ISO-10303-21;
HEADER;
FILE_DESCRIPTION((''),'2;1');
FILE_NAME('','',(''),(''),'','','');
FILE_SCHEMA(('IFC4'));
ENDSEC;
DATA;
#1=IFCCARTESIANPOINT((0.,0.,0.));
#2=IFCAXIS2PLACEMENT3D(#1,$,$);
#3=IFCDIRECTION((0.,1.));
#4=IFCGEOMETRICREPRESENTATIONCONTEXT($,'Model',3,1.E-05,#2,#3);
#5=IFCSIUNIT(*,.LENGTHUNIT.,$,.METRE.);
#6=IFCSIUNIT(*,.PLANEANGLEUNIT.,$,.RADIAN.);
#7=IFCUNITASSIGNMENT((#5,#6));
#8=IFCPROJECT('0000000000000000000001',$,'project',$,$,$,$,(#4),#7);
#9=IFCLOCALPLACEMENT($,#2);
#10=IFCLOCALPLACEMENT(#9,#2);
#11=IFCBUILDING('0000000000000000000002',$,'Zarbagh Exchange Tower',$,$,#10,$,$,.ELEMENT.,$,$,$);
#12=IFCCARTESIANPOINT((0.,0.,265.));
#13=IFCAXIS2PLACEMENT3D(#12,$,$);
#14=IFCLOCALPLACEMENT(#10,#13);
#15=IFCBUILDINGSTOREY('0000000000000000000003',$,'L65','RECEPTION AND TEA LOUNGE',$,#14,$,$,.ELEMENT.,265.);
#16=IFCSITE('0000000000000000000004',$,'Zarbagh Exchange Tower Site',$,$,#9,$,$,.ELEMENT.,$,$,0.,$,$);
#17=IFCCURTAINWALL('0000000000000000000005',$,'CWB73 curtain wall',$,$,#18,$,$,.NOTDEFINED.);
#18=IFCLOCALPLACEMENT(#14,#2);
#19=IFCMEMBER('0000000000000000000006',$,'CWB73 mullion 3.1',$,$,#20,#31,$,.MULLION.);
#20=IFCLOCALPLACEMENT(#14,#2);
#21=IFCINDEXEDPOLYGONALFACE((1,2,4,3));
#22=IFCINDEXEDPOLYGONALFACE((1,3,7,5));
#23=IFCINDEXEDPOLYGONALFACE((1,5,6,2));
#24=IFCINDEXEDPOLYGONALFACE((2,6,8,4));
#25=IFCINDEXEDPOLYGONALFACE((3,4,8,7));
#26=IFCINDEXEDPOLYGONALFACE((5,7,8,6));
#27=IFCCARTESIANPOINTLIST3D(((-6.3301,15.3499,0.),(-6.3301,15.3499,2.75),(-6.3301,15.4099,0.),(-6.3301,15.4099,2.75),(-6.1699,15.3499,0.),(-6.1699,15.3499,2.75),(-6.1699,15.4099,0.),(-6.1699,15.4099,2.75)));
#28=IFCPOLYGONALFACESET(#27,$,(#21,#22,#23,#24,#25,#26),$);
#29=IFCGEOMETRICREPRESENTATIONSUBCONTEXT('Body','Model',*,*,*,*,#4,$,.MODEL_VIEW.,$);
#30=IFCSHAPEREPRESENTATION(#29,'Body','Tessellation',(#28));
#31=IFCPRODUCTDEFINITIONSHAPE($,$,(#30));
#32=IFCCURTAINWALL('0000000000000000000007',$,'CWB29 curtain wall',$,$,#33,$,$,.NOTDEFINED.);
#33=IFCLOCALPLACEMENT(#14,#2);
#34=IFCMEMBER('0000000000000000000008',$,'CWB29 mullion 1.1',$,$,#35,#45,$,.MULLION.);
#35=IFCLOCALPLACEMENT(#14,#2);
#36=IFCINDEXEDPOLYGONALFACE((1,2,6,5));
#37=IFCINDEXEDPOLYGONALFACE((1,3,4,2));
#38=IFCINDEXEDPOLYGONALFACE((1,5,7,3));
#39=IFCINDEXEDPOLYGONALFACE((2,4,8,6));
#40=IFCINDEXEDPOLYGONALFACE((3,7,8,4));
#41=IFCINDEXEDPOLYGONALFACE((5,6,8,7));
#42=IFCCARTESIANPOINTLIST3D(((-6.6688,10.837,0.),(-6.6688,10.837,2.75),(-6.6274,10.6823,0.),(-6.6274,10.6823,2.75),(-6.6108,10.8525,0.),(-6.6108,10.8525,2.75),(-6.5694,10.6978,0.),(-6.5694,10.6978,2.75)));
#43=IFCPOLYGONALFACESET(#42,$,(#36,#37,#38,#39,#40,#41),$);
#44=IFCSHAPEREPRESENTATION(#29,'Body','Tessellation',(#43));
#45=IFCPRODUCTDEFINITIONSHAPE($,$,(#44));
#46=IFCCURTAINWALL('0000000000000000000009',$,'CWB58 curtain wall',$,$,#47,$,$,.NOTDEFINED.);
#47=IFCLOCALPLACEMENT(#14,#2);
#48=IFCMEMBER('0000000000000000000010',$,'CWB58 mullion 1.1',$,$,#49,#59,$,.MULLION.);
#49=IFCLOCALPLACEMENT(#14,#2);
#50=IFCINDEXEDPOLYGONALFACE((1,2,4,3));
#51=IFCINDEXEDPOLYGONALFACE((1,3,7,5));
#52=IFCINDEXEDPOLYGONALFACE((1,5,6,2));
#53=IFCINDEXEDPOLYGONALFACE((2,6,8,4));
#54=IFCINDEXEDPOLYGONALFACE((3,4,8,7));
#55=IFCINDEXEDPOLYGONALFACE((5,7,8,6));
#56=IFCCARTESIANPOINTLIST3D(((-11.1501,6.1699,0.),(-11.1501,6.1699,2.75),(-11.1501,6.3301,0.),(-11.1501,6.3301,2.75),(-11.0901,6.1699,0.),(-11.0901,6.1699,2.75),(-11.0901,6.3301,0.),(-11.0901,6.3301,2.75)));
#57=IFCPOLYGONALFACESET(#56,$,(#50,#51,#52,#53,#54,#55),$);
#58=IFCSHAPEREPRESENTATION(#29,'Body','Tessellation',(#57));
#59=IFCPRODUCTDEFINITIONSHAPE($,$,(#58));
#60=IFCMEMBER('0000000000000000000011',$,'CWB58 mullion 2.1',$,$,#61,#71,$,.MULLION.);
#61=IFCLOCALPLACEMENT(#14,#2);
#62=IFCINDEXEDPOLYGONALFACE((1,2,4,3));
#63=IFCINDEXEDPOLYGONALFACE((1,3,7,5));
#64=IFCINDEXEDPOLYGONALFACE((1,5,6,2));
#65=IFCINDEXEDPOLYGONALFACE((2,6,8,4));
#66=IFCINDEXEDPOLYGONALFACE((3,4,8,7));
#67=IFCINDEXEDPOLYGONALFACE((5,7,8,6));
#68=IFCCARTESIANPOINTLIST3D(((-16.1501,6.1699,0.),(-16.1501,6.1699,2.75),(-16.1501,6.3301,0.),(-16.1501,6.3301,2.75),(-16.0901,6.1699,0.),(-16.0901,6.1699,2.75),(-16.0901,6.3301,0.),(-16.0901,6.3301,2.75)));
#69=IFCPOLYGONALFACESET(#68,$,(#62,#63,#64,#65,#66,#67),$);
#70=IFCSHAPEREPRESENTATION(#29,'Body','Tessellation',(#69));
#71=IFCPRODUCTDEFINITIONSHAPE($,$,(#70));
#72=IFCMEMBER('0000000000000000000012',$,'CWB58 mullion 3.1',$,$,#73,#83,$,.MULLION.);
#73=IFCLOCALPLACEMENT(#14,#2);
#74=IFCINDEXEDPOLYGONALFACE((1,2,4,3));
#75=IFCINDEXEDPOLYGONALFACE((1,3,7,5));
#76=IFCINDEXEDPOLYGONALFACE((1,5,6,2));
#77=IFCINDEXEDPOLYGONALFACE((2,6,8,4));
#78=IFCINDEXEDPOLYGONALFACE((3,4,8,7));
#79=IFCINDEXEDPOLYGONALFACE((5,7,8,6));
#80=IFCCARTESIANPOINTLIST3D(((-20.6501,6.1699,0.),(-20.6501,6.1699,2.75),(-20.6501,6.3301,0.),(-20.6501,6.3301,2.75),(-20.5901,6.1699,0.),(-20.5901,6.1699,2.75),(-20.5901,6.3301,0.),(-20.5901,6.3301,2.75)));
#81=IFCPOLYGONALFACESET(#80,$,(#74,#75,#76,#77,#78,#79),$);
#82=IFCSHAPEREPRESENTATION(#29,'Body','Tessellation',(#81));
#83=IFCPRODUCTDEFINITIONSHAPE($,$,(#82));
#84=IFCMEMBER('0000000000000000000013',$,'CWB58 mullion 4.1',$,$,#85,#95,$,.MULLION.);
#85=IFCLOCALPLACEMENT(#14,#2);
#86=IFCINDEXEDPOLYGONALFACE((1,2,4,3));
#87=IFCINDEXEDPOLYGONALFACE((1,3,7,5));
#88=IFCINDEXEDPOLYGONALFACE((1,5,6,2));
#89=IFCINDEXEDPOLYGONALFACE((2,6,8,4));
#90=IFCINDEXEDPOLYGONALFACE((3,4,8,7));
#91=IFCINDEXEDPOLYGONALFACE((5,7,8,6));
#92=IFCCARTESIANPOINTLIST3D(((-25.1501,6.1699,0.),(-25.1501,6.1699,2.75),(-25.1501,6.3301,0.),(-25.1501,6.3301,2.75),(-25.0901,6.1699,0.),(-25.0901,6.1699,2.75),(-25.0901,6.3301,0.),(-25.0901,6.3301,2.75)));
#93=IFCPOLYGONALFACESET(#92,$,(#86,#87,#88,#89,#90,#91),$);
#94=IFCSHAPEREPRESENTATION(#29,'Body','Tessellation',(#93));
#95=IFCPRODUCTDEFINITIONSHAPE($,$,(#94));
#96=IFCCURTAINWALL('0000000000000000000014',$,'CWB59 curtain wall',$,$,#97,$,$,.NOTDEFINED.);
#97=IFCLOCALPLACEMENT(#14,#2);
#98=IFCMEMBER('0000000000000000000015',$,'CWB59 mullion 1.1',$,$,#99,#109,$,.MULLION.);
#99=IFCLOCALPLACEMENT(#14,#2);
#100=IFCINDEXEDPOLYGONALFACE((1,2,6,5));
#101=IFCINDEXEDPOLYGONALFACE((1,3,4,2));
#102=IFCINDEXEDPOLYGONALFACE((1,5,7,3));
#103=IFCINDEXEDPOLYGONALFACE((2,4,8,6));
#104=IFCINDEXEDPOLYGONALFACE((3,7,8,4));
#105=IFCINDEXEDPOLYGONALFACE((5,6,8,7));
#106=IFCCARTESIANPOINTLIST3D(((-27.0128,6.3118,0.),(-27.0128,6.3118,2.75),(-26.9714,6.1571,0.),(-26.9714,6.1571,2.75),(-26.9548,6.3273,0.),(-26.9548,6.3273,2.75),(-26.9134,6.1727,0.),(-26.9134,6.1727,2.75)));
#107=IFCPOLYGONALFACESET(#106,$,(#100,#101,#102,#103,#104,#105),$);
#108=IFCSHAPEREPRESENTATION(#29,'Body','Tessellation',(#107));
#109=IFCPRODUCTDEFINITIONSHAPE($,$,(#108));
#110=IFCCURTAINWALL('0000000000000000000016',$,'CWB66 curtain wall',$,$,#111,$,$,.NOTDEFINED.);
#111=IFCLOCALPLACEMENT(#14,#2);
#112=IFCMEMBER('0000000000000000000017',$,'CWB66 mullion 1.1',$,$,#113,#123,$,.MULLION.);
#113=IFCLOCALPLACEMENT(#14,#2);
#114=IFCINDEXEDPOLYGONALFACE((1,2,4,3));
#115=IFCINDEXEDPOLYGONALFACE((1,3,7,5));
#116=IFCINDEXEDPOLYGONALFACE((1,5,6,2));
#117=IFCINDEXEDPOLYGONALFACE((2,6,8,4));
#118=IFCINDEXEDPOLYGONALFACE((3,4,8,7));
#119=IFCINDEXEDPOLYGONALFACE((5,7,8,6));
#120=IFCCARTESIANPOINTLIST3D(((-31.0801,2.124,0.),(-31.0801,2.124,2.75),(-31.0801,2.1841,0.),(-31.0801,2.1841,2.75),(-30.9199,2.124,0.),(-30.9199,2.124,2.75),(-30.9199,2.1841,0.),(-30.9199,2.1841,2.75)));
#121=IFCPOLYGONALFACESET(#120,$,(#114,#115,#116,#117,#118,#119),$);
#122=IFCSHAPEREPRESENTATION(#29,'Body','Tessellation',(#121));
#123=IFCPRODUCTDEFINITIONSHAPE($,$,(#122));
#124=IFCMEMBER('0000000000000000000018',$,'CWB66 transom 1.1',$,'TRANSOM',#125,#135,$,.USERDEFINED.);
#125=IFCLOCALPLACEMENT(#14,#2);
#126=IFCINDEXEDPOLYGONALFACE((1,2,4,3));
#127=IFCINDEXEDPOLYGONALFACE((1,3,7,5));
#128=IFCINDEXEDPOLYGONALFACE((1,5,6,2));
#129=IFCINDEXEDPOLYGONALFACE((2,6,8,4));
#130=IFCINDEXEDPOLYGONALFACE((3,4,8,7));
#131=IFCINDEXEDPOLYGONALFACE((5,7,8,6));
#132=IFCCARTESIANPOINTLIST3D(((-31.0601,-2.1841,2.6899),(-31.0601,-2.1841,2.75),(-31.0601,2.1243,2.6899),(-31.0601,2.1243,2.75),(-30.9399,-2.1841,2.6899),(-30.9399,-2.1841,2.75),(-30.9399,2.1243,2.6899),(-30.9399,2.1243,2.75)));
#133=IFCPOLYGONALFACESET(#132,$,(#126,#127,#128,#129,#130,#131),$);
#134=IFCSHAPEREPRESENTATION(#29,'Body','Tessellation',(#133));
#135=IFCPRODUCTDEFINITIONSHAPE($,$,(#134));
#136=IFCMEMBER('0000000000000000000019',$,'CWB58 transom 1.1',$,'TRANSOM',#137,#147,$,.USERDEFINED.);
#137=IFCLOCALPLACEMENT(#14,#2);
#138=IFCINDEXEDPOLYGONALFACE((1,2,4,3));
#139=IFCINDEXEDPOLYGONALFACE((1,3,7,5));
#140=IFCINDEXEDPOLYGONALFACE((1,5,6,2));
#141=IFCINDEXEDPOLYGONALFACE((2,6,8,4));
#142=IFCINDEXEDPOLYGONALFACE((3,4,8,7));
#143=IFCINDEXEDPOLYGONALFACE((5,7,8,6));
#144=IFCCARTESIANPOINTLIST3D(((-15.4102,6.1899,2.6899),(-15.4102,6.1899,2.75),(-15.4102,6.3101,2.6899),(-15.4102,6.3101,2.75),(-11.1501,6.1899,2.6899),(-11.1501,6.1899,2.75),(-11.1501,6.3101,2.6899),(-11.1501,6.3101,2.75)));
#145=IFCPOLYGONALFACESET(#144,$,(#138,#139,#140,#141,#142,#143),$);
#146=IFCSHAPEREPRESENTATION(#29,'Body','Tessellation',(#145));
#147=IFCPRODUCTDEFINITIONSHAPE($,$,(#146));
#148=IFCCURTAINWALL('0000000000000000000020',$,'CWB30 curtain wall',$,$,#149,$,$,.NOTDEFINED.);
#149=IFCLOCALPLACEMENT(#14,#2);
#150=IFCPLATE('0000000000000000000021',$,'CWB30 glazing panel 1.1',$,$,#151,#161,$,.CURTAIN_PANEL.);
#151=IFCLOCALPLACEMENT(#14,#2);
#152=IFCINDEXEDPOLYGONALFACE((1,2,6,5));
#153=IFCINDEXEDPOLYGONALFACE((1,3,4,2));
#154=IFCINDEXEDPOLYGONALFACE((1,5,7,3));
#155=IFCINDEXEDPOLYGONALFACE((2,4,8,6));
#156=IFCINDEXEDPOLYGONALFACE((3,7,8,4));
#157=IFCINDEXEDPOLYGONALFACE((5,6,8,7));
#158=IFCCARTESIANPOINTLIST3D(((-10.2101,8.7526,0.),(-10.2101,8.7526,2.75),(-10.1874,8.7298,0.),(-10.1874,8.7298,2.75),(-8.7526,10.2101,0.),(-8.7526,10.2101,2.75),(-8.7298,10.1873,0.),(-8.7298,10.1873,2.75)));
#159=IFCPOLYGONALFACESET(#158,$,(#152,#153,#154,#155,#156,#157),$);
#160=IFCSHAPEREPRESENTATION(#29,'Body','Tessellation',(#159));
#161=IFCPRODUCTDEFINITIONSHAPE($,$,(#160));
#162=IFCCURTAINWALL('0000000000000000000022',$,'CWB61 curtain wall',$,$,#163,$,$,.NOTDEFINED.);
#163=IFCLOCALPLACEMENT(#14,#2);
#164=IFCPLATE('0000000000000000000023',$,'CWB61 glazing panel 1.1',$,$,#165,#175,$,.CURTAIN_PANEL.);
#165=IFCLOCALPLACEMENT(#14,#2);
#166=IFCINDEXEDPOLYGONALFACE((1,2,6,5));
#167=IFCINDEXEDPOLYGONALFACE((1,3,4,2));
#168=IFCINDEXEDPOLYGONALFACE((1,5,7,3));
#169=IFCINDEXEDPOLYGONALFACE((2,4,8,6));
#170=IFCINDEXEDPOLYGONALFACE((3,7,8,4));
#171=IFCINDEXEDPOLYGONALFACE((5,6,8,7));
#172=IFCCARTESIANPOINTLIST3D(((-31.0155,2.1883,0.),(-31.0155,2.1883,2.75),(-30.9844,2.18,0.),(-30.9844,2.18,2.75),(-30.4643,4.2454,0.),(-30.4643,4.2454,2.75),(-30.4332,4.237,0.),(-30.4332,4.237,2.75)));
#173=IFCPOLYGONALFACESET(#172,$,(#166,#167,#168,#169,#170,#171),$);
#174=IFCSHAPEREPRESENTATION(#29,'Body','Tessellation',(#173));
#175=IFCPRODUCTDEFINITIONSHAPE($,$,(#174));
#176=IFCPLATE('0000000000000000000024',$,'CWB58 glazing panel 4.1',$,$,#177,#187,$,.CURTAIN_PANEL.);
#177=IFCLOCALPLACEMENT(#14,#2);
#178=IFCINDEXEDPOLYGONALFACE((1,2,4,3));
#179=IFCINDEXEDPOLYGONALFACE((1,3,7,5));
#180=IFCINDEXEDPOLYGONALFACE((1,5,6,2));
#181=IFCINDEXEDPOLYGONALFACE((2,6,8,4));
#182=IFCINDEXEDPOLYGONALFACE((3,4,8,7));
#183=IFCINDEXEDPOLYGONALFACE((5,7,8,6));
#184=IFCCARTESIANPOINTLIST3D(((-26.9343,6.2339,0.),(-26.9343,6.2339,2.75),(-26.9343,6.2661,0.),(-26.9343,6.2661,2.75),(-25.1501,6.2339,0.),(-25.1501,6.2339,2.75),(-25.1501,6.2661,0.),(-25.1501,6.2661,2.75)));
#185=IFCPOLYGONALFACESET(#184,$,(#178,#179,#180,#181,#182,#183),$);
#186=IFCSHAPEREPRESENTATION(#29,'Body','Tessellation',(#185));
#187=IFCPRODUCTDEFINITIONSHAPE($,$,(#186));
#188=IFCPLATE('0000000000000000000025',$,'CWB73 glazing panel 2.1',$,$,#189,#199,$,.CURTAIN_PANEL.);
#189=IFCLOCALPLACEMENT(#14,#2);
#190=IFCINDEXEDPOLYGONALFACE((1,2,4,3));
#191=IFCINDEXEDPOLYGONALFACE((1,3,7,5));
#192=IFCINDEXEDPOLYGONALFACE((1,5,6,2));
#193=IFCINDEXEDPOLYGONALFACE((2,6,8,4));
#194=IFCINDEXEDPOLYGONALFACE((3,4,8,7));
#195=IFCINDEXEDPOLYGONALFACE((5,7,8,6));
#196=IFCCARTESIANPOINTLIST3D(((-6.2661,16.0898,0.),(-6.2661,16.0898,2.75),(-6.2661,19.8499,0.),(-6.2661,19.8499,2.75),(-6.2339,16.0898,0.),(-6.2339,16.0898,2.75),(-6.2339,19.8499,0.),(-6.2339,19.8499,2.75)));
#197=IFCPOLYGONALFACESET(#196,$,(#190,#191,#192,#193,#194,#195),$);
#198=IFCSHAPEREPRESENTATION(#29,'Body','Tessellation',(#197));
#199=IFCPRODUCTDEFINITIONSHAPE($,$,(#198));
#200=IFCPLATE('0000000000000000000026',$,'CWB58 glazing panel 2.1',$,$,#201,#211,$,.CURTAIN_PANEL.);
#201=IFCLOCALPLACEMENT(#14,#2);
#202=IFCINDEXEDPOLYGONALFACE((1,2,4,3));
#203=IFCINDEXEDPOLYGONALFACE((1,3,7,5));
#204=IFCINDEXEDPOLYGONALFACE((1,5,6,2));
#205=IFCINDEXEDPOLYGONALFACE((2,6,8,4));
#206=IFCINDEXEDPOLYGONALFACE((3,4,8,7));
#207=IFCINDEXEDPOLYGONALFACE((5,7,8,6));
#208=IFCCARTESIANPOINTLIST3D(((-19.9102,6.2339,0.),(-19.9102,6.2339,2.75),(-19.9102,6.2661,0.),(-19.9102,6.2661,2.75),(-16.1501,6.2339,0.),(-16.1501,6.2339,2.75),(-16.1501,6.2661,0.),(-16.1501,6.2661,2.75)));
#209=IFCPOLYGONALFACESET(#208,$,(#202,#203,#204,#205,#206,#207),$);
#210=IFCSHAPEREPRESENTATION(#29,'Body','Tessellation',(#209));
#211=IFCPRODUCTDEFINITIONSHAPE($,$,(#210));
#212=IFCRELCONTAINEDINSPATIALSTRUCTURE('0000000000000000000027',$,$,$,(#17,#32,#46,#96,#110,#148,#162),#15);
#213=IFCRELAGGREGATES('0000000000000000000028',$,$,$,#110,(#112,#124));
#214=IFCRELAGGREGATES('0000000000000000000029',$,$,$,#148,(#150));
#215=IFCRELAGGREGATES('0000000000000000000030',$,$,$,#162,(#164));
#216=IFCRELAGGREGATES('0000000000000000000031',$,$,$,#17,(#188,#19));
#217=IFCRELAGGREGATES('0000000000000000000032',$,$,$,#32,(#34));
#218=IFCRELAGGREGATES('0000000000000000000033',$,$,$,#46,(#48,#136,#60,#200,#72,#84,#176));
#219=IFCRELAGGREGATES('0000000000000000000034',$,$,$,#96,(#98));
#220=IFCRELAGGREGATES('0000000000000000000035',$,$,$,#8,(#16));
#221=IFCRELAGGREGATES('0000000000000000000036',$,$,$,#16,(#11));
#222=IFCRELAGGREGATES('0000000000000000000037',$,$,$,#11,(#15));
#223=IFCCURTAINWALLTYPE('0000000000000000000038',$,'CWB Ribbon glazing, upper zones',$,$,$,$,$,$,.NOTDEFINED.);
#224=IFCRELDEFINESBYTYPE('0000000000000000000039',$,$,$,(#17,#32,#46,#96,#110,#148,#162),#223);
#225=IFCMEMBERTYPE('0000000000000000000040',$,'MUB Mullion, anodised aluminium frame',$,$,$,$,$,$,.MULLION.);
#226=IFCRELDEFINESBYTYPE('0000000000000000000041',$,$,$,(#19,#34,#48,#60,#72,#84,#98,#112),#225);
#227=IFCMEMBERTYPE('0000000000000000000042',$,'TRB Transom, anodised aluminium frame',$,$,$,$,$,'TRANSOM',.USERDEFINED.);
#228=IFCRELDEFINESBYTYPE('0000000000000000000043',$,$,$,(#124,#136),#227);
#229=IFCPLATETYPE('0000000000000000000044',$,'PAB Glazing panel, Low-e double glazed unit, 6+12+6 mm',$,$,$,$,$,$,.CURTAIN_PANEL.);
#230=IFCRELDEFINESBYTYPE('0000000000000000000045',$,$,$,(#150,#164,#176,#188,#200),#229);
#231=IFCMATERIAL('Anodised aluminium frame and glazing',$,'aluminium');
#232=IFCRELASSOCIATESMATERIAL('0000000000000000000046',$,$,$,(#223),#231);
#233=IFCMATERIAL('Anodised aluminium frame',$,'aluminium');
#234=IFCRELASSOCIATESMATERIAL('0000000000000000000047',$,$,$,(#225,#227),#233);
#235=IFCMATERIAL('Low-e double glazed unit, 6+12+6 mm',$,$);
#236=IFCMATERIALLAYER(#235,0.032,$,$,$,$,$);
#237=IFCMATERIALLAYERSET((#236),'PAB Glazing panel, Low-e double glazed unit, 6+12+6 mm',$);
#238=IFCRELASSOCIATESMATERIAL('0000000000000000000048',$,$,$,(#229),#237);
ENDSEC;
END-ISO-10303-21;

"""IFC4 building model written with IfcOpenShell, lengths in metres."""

from ifc_helpers import new_model, si_unit, direction, frame, origin, place, context, subcontext, project, spatial, polyline, outline, extrude, source, transform, mapped, material, layer, layer_set, type_object, element, aggregate, save


model = new_model("IFC4")

# Units and contexts
model_context = context("Model", 3, precision=1e-05, world=origin(), true_north=direction((0.0, 1.0)))
body_context = subcontext(model_context, "Body", "Model", "MODEL_VIEW")
ifc_project = project(units=[si_unit("LENGTHUNIT", "METRE"), si_unit("PLANEANGLEUNIT", "RADIAN")], contexts=[model_context])

# Site, building, storey
site_placement = place(None, origin())
site = spatial("IfcSite", under=ifc_project, at=site_placement, Name="Zarbagh Exchange Tower Site", CompositionType="ELEMENT", RefElevation=0.0)
building_placement = place(site_placement, origin())
building = spatial("IfcBuilding", under=site, at=building_placement, Name="Zarbagh Exchange Tower", CompositionType="ELEMENT")
storey_placement = place(building_placement, frame((0.0, 0.0, 265.0)))
storey = spatial("IfcBuildingStorey", under=building, at=storey_placement, Name="L65", Description="RECEPTION AND TEA LOUNGE", CompositionType="ELEMENT", Elevation=265.0)

# Curtain walls, members
ifc_material_1 = material(Name="Anodised aluminium frame and glazing", Category="aluminium")
curtain_wall_type = type_object("IfcCurtainWallType", Name="CWB Ribbon glazing, upper zones", PredefinedType="NOTDEFINED", material=ifc_material_1)
curtain_wall_1_placement = place(storey_placement, origin())
curtain_wall_1 = element("IfcCurtainWall", 1, at=curtain_wall_1_placement, inside=storey, type_object=curtain_wall_type, Name="CWB73 curtain wall", PredefinedType="NOTDEFINED")
ifc_material_2 = material(Name="Anodised aluminium frame", Category="aluminium")
member_type_1 = type_object("IfcMemberType", Name="MUB Mullion, anodised aluminium frame", PredefinedType="MULLION", material=ifc_material_2)
shared_shape_1 = source(origin(), body_context, "Body", "SweptSolid", [
    extrude(outline(polyline([(0.0, -0.0801), (0.0601, -0.0801), (0.0601, 0.0801), (0.0, 0.0801), (0.0, -0.0801)])), origin(), (0.0, 0.0, 1.0), 2.75),
])
placement = place(storey_placement, origin())
member_1 = element("IfcMember", 2, at=placement, type_object=member_type_1, Name="CWB73 mullion 3.1", PredefinedType="MULLION", context=body_context, shape_type="MappedRepresentation", body=[
    mapped(shared_shape_1, transform((-6.25, 15.4099, 0.0), x_axis=(0.0, -1.0, 0.0), y_axis=(1.0, 0.0, 0.0), z_axis=(0.0, 0.0, 1.0))),
])
curtain_wall_2_placement = place(storey_placement, origin())
curtain_wall_2 = element("IfcCurtainWall", 3, at=curtain_wall_2_placement, inside=storey, type_object=curtain_wall_type, Name="CWB29 curtain wall", PredefinedType="NOTDEFINED")
member_2 = element("IfcMember", 4, at=placement, type_object=member_type_1, Name="CWB29 mullion 1.1", PredefinedType="MULLION", context=body_context, shape_type="MappedRepresentation", body=[
    mapped(shared_shape_1, transform((-6.5901, 10.7751, 0.0), x_axis=(-0.965924, -0.258825, 0.0), y_axis=(0.258825, -0.965924, 0.0), z_axis=(0.0, 0.0, 1.0))),
])

# Curtain wall, members
curtain_wall_3_placement = place(storey_placement, origin())
curtain_wall_3 = element("IfcCurtainWall", 5, at=curtain_wall_3_placement, inside=storey, type_object=curtain_wall_type, Name="CWB58 curtain wall", PredefinedType="NOTDEFINED")
member_3 = element("IfcMember", 6, at=placement, type_object=member_type_1, Name="CWB58 mullion 1.1", PredefinedType="MULLION", context=body_context, shape_type="MappedRepresentation", body=[
    mapped(shared_shape_1, transform((-11.0901, 6.25, 0.0), x_axis=(-1.0, 0.0, 0.0), y_axis=(0.0, -1.0, 0.0), z_axis=(0.0, 0.0, 1.0))),
])
member_4 = element("IfcMember", 7, at=placement, type_object=member_type_1, Name="CWB58 mullion 2.1", PredefinedType="MULLION", context=body_context, shape_type="MappedRepresentation", body=[
    mapped(shared_shape_1, transform((-16.0901, 6.25, 0.0), x_axis=(-1.0, 0.0, 0.0), y_axis=(0.0, -1.0, 0.0), z_axis=(0.0, 0.0, 1.0))),
])
member_5 = element("IfcMember", 8, at=placement, type_object=member_type_1, Name="CWB58 mullion 3.1", PredefinedType="MULLION", context=body_context, shape_type="MappedRepresentation", body=[
    mapped(shared_shape_1, transform((-20.5901, 6.25, 0.0), x_axis=(-1.0, 0.0, 0.0), y_axis=(0.0, -1.0, 0.0), z_axis=(0.0, 0.0, 1.0))),
])
member_6 = element("IfcMember", 9, at=placement, type_object=member_type_1, Name="CWB58 mullion 4.1", PredefinedType="MULLION", context=body_context, shape_type="MappedRepresentation", body=[
    mapped(shared_shape_1, transform((-25.0901, 6.25, 0.0), x_axis=(-1.0, 0.0, 0.0), y_axis=(0.0, -1.0, 0.0), z_axis=(0.0, 0.0, 1.0))),
])

# Curtain wall, member
curtain_wall_4_placement = place(storey_placement, origin())
curtain_wall_4 = element("IfcCurtainWall", 10, at=curtain_wall_4_placement, inside=storey, type_object=curtain_wall_type, Name="CWB59 curtain wall", PredefinedType="NOTDEFINED")
member_7 = element("IfcMember", 11, at=placement, type_object=member_type_1, Name="CWB59 mullion 1.1", PredefinedType="MULLION", context=body_context, shape_type="MappedRepresentation", body=[
    mapped(shared_shape_1, transform((-26.9341, 6.25, 0.0), x_axis=(-0.965924, -0.258825, 0.0), y_axis=(0.258825, -0.965924, 0.0), z_axis=(0.0, 0.0, 1.0))),
])

# Curtain wall, members
curtain_wall_5_placement = place(storey_placement, origin())
curtain_wall_5 = element("IfcCurtainWall", 12, at=curtain_wall_5_placement, inside=storey, type_object=curtain_wall_type, Name="CWB66 curtain wall", PredefinedType="NOTDEFINED")
member_8 = element("IfcMember", 13, at=placement, type_object=member_type_1, Name="CWB66 mullion 1.1", PredefinedType="MULLION", context=body_context, shape_type="MappedRepresentation", body=[
    mapped(shared_shape_1, transform((-31.0, 2.1841, 0.0), x_axis=(0.0, -1.0, 0.0), y_axis=(1.0, 0.0, 0.0), z_axis=(0.0, 0.0, 1.0))),
])
member_type_2 = type_object("IfcMemberType", Name="TRB Transom, anodised aluminium frame", ElementType="TRANSOM", PredefinedType="USERDEFINED", material=ifc_material_2)
shared_shape_2 = source(origin(), body_context, "Body", "SweptSolid", [
    extrude(outline(polyline([(-0.0601, -0.0601), (0.0, -0.0601), (0.0, 0.0601), (-0.0601, 0.0601), (-0.0601, -0.0601)])), origin(), (0.0, 0.0, 1.0), 4.3083),
])
member_9 = element("IfcMember", 14, at=placement, type_object=member_type_2, Name="CWB66 transom 1.1", ObjectType="TRANSOM", PredefinedType="USERDEFINED", context=body_context, shape_type="MappedRepresentation", body=[
    mapped(shared_shape_2, transform((-31.0, 2.1243, 2.75), x_axis=(0.0, 0.0, 1.0), y_axis=(-1.0, 0.0, 0.0), z_axis=(0.0, -1.0, 0.0))),
])
aggregate(curtain_wall_5, [member_8, member_9])

# Member
shared_shape_3 = source(origin(), body_context, "Body", "SweptSolid", [
    extrude(outline(polyline([(-0.0601, -0.0601), (0.0, -0.0601), (0.0, 0.0601), (-0.0601, 0.0601), (-0.0601, -0.0601)])), origin(), (0.0, 0.0, 1.0), 4.26),
])
member_10 = element("IfcMember", 15, at=placement, type_object=member_type_2, Name="CWB58 transom 1.1", ObjectType="TRANSOM", PredefinedType="USERDEFINED", context=body_context, shape_type="MappedRepresentation", body=[
    mapped(shared_shape_3, transform((-11.1501, 6.25, 2.75), x_axis=(0.0, 0.0, 1.0), y_axis=(0.0, 1.0, 0.0), z_axis=(-1.0, 0.0, 0.0))),
])

# Curtain walls, plates
curtain_wall_6_placement = place(storey_placement, origin())
curtain_wall_6 = element("IfcCurtainWall", 16, at=curtain_wall_6_placement, inside=storey, type_object=curtain_wall_type, Name="CWB30 curtain wall", PredefinedType="NOTDEFINED")
ifc_material_3 = material(Name="Low-e double glazed unit, 6+12+6 mm")
ifc_layer = layer(ifc_material_3, 0.032)
ifc_layer_set = layer_set([ifc_layer], Name="PAB Glazing panel, Low-e double glazed unit, 6+12+6 mm")
plate_type = type_object("IfcPlateType", Name="PAB Glazing panel, Low-e double glazed unit, 6+12+6 mm", PredefinedType="CURTAIN_PANEL", material=ifc_layer_set)
shared_shape_4 = source(origin(), body_context, "Body", "SweptSolid", [
    extrude(outline(polyline([(0.0, -0.0161), (2.0613, -0.0161), (2.0613, 0.0161), (0.0, 0.0161), (0.0, -0.0161)])), origin(), (0.0, 0.0, 1.0), 2.75),
])
plate_1 = element("IfcPlate", 17, at=placement, type_object=plate_type, Name="CWB30 glazing panel 1.1", PredefinedType="CURTAIN_PANEL", context=body_context, shape_type="MappedRepresentation", body=[
    mapped(shared_shape_4, transform((-8.7412, 10.1987, 0.0), x_axis=(-0.707107, -0.707107, 0.0), y_axis=(0.707107, -0.707107, 0.0), z_axis=(0.0, 0.0, 1.0))),
])
aggregate(curtain_wall_6, [plate_1])
curtain_wall_7_placement = place(storey_placement, origin())
curtain_wall_7 = element("IfcCurtainWall", 18, at=curtain_wall_7_placement, inside=storey, type_object=curtain_wall_type, Name="CWB61 curtain wall", PredefinedType="NOTDEFINED")
shared_shape_5 = source(origin(), body_context, "Body", "SweptSolid", [
    extrude(outline(polyline([(0.0, -0.0161), (2.1296, -0.0161), (2.1296, 0.0161), (0.0, 0.0161), (0.0, -0.0161)])), origin(), (0.0, 0.0, 1.0), 2.75),
])
plate_2 = element("IfcPlate", 19, at=placement, type_object=plate_type, Name="CWB61 glazing panel 1.1", PredefinedType="CURTAIN_PANEL", context=body_context, shape_type="MappedRepresentation", body=[
    mapped(shared_shape_5, transform((-30.4487, 4.2412, 0.0), x_axis=(-0.258825, -0.965924, 0.0), y_axis=(0.965924, -0.258825, 0.0), z_axis=(0.0, 0.0, 1.0))),
])
aggregate(curtain_wall_7, [plate_2])

# Plates
shared_shape_6 = source(origin(), body_context, "Body", "SweptSolid", [
    extrude(outline(polyline([(0.0, -0.0161), (1.7842, -0.0161), (1.7842, 0.0161), (0.0, 0.0161), (0.0, -0.0161)])), origin(), (0.0, 0.0, 1.0), 2.75),
])
plate_3 = element("IfcPlate", 20, at=placement, type_object=plate_type, Name="CWB58 glazing panel 4.1", PredefinedType="CURTAIN_PANEL", context=body_context, shape_type="MappedRepresentation", body=[
    mapped(shared_shape_6, transform((-25.1501, 6.25, 0.0), x_axis=(-1.0, 0.0, 0.0), y_axis=(0.0, -1.0, 0.0), z_axis=(0.0, 0.0, 1.0))),
])
shared_shape_7 = source(origin(), body_context, "Body", "SweptSolid", [
    extrude(outline(polyline([(0.0, -0.0161), (3.76, -0.0161), (3.76, 0.0161), (0.0, 0.0161), (0.0, -0.0161)])), origin(), (0.0, 0.0, 1.0), 2.75),
])
plate_4 = element("IfcPlate", 21, at=placement, type_object=plate_type, Name="CWB73 glazing panel 2.1", PredefinedType="CURTAIN_PANEL", context=body_context, shape_type="MappedRepresentation", body=[
    mapped(shared_shape_7, transform((-6.25, 19.8499, 0.0), x_axis=(0.0, -1.0, 0.0), y_axis=(1.0, 0.0, 0.0), z_axis=(0.0, 0.0, 1.0))),
])
plate_5 = element("IfcPlate", 22, at=placement, type_object=plate_type, Name="CWB58 glazing panel 2.1", PredefinedType="CURTAIN_PANEL", context=body_context, shape_type="MappedRepresentation", body=[
    mapped(shared_shape_7, transform((-16.1501, 6.25, 0.0), x_axis=(-1.0, 0.0, 0.0), y_axis=(0.0, -1.0, 0.0), z_axis=(0.0, 0.0, 1.0))),
])
aggregate(curtain_wall_1, [plate_4, member_1])
aggregate(curtain_wall_2, [member_2])

aggregate(curtain_wall_3, [member_3, member_10, member_4, plate_5, member_5, member_6, plate_3])
aggregate(curtain_wall_4, [member_7])

save(model, "model.ifc")
